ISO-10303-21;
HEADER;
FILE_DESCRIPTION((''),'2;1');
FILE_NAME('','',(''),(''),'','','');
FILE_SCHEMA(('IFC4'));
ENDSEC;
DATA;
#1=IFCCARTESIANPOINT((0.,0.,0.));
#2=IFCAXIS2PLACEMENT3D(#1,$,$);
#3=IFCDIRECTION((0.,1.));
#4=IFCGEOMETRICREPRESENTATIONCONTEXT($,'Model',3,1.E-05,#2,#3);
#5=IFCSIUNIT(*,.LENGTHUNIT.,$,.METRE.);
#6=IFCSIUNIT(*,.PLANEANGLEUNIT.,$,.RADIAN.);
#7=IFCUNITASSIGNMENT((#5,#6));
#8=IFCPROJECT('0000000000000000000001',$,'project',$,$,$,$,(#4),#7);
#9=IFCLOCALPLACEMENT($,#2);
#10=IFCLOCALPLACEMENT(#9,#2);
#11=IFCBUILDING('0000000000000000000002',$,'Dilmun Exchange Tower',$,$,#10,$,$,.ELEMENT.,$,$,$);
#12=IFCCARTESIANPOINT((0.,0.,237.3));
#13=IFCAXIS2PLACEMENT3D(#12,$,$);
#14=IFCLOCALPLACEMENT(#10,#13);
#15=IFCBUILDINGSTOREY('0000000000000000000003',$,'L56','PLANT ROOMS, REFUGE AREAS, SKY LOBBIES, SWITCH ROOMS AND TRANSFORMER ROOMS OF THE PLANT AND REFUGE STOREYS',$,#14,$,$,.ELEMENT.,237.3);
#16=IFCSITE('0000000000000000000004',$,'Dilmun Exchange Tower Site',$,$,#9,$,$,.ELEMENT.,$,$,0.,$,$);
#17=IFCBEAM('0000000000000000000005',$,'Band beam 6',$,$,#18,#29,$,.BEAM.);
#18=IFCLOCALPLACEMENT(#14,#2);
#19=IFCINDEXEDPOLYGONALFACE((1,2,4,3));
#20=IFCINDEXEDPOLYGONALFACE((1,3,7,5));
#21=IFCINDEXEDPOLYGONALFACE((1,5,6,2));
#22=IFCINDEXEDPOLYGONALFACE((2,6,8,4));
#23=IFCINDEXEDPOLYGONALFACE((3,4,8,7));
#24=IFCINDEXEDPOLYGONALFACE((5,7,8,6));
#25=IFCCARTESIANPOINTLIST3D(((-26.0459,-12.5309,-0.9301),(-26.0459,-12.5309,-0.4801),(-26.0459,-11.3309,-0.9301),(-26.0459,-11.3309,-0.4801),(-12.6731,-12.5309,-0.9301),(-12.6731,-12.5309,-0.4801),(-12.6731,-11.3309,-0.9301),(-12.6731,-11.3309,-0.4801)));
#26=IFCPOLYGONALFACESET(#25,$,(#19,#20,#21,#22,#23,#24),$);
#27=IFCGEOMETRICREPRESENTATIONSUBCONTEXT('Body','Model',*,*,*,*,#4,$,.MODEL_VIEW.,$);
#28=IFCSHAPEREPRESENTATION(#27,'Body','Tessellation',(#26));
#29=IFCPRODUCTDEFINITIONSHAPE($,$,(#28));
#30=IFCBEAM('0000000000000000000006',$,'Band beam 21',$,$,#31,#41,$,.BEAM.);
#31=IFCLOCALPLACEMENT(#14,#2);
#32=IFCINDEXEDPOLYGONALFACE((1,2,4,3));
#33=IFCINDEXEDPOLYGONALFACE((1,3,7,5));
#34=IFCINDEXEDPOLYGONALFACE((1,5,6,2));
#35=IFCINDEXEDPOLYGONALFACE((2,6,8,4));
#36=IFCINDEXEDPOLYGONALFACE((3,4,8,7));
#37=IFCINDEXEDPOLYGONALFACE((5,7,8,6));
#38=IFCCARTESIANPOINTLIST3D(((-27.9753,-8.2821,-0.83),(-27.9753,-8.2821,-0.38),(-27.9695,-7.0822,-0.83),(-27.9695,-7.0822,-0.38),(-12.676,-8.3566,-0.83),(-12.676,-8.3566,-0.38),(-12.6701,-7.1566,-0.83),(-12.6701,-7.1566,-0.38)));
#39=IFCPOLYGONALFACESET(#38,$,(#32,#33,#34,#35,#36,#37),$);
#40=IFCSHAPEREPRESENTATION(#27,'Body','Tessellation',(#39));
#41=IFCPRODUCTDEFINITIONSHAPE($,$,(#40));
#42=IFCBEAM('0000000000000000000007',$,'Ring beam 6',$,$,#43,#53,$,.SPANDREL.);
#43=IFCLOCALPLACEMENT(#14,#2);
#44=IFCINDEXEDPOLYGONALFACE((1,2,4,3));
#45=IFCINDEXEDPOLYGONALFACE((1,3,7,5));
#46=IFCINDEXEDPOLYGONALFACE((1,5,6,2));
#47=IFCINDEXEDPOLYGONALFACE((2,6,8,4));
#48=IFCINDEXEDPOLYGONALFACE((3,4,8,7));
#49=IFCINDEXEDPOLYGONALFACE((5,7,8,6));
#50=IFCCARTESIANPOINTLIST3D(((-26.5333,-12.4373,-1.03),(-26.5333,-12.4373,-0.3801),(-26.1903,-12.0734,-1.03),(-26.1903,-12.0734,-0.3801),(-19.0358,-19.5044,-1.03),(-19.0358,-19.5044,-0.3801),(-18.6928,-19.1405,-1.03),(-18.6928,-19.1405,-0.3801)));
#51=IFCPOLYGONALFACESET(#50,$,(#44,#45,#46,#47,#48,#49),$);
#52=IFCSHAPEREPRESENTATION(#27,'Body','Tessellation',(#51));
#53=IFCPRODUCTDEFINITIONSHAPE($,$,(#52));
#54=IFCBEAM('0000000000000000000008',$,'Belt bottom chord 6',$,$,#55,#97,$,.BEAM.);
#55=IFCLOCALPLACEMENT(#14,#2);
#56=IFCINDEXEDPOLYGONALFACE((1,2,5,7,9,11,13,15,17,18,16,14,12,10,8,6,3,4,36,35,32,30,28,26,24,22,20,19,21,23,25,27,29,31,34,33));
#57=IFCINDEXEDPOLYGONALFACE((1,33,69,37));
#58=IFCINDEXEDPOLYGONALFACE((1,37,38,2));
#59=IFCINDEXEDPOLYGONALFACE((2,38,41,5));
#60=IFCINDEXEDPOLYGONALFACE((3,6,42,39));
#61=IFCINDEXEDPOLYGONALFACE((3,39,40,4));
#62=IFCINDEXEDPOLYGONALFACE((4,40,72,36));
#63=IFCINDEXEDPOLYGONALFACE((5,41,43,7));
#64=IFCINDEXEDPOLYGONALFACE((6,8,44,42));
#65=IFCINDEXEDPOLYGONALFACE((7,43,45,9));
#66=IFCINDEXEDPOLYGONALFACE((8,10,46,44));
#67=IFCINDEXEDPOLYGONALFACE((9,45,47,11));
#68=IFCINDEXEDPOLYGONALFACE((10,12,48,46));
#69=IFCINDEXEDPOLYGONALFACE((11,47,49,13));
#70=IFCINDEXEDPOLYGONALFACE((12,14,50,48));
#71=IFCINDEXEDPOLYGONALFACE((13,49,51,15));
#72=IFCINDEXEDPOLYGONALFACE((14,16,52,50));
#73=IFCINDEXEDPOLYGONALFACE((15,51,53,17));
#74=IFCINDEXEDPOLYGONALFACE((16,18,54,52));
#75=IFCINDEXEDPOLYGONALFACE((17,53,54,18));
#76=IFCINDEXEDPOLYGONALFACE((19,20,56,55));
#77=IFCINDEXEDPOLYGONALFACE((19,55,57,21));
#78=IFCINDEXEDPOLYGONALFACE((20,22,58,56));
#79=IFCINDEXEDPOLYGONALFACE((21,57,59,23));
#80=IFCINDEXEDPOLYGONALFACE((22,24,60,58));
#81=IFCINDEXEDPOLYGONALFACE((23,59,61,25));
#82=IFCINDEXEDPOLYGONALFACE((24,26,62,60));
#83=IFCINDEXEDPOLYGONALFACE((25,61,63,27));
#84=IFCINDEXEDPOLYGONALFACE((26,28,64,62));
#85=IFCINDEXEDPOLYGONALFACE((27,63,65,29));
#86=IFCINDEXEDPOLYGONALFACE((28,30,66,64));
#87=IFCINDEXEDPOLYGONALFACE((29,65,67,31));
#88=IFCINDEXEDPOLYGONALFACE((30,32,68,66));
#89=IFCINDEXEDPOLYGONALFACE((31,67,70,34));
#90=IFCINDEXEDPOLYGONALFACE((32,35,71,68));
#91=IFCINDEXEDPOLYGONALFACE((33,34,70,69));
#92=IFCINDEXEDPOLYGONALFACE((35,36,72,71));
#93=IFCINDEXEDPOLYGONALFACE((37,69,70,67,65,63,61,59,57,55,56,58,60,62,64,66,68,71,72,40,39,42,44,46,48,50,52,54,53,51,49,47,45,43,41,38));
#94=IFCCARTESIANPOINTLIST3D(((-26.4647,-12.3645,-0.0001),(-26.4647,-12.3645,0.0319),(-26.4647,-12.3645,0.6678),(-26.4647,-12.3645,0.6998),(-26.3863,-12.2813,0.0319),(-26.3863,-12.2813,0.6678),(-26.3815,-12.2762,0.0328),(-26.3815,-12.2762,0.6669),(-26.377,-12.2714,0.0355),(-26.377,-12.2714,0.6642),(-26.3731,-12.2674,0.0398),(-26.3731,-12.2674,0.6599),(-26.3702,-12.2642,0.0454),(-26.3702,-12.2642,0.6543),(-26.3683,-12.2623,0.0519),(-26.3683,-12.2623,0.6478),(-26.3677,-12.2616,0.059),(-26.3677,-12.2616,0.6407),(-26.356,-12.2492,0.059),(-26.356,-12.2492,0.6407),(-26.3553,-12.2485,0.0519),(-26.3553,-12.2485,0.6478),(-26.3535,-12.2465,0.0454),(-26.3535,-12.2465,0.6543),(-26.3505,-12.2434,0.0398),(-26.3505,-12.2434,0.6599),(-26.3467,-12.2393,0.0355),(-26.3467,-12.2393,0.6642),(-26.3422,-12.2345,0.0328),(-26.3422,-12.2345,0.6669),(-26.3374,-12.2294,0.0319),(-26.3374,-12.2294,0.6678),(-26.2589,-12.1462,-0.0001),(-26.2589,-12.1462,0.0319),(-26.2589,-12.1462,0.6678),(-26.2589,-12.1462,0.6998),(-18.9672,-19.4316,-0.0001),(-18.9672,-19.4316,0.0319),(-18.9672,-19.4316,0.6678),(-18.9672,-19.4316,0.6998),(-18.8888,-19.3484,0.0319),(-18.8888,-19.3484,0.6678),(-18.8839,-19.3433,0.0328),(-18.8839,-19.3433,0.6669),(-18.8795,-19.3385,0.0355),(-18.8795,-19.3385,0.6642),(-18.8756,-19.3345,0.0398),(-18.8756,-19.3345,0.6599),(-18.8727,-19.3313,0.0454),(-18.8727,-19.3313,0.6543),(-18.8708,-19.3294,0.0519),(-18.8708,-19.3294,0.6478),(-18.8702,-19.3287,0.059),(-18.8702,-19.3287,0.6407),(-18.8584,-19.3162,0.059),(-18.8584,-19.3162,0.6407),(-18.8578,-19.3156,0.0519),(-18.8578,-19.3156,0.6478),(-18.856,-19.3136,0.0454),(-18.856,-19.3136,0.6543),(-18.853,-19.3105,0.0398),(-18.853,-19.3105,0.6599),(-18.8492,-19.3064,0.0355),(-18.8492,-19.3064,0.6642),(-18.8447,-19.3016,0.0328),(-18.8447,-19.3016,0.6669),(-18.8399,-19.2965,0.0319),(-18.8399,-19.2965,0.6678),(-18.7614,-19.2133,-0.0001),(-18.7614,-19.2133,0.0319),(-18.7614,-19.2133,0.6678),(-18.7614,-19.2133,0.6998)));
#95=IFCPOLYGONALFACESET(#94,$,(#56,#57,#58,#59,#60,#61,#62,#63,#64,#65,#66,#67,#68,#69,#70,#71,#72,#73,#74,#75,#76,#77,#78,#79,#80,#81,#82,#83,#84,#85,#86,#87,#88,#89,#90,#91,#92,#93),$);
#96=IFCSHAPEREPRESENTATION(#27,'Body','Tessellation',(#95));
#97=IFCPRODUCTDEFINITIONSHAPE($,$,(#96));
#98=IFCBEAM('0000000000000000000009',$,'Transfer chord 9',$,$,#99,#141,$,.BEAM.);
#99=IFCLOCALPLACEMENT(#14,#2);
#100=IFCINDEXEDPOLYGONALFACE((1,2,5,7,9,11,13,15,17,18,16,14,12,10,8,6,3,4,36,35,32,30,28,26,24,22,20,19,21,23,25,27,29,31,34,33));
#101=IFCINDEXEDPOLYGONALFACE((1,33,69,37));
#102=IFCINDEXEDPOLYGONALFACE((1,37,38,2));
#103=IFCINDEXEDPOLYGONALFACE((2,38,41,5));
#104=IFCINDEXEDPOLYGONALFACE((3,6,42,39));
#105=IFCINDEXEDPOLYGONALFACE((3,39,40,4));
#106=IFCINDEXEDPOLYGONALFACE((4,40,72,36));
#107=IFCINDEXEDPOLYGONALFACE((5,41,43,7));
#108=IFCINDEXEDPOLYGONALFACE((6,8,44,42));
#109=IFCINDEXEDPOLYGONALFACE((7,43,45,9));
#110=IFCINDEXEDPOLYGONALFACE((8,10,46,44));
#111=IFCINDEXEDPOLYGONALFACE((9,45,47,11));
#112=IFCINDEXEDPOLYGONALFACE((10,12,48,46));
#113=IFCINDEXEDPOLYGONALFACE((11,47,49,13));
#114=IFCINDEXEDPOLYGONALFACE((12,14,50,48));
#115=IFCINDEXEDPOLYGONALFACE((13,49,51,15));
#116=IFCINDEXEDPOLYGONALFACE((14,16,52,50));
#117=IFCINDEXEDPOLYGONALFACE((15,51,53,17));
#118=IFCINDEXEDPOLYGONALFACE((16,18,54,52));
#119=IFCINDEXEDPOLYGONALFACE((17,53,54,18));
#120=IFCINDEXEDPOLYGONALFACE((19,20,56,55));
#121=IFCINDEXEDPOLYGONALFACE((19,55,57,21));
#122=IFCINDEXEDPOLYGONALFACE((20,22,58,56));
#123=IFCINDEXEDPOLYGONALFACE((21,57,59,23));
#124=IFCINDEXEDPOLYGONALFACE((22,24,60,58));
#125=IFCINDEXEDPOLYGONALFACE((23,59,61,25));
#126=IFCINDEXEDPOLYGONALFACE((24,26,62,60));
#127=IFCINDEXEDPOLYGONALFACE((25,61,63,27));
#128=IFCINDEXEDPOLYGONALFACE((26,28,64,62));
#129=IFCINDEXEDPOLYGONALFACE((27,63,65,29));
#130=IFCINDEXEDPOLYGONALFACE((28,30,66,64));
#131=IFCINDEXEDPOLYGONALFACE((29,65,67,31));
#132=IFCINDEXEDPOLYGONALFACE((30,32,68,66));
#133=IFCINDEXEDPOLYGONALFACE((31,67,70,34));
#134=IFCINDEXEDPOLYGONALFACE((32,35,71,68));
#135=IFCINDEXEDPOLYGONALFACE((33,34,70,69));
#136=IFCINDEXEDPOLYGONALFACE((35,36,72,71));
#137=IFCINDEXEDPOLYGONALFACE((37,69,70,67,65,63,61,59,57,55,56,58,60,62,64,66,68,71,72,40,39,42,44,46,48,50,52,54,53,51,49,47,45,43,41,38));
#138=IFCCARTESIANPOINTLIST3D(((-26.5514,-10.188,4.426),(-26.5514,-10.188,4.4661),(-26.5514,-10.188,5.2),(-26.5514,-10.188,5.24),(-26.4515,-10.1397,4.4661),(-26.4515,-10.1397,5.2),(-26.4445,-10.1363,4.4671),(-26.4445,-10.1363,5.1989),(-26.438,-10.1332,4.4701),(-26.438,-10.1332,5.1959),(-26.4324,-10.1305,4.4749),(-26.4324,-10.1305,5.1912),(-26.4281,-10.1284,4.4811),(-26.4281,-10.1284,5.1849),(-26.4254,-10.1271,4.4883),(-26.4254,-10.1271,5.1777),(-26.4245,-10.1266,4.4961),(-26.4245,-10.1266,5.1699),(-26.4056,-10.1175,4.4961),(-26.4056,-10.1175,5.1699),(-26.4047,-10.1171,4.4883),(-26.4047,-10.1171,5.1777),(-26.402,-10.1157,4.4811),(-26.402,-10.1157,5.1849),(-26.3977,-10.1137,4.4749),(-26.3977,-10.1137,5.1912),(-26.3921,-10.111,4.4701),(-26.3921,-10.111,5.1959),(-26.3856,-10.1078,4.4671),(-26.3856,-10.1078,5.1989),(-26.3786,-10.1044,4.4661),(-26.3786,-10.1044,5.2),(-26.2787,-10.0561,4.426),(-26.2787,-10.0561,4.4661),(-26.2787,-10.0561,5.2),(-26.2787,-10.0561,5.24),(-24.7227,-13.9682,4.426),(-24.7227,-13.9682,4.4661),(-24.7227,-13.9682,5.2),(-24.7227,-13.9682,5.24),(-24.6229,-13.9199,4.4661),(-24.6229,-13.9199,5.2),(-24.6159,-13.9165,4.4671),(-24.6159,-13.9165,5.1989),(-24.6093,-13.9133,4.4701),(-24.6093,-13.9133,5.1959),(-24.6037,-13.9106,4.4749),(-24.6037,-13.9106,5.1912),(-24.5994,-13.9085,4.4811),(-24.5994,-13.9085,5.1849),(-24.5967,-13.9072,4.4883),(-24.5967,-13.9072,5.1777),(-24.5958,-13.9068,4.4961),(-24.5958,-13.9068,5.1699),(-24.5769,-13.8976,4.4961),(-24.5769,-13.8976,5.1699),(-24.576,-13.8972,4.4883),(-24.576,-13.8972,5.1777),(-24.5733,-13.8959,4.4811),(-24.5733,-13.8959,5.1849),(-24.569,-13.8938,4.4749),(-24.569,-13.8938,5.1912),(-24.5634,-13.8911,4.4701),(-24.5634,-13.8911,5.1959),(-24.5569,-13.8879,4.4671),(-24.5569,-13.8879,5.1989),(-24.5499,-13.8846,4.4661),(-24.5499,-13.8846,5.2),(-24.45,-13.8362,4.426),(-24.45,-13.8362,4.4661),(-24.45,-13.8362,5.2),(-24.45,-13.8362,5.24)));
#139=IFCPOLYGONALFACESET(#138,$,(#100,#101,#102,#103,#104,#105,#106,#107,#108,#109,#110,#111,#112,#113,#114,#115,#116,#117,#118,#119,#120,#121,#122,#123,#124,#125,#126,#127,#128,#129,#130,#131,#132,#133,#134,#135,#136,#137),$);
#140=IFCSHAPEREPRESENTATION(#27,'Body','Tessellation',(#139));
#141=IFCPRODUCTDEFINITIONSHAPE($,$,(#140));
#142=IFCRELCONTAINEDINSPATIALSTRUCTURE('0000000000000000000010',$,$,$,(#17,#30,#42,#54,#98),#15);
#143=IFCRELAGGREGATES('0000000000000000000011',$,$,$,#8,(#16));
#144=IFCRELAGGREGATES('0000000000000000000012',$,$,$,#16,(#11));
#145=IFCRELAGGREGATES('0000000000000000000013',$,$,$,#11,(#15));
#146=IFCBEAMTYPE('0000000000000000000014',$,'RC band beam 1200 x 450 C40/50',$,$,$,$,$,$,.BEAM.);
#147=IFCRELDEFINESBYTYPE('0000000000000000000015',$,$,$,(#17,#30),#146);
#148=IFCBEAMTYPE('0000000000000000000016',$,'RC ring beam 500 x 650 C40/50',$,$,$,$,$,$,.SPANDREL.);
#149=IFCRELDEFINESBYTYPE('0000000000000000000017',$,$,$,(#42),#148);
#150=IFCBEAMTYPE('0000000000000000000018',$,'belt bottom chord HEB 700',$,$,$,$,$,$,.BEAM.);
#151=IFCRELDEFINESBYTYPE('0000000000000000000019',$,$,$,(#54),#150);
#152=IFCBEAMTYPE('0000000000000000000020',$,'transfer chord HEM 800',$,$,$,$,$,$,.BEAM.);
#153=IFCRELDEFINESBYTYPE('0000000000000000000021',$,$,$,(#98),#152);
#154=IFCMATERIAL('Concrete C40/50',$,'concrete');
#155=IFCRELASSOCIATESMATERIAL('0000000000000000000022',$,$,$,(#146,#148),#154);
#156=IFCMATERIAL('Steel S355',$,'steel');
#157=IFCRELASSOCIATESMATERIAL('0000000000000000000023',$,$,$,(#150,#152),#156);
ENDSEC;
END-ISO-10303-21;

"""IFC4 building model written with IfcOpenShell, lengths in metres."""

from ifc_helpers import new_model, si_unit, direction, frame, origin, origin_2d, place, context, subcontext, project, spatial, rectangle, i_section, extrude, material, material_profile, profile_set, type_object, element, save


model = new_model("IFC4")

# Units and contexts
model_context = context("Model", 3, precision=1e-05, world=origin(), true_north=direction((0.0, 1.0)))
body_context = subcontext(model_context, "Body", "Model", "MODEL_VIEW")
ifc_project = project(units=[si_unit("LENGTHUNIT", "METRE"), si_unit("PLANEANGLEUNIT", "RADIAN")], contexts=[model_context])

# Site, building, storey
site_placement = place(None, origin())
site = spatial("IfcSite", under=ifc_project, at=site_placement, Name="Dilmun Exchange Tower Site", CompositionType="ELEMENT", RefElevation=0.0)
building_placement = place(site_placement, origin())
building = spatial("IfcBuilding", under=site, at=building_placement, Name="Dilmun Exchange Tower", CompositionType="ELEMENT")
storey_placement = place(building_placement, frame((0.0, 0.0, 237.3)))
storey = spatial("IfcBuildingStorey", under=building, at=storey_placement, Name="L56", Description="PLANT ROOMS, REFUGE AREAS, SKY LOBBIES, SWITCH ROOMS AND TRANSFORMER ROOMS OF THE PLANT AND REFUGE STOREYS", CompositionType="ELEMENT", Elevation=237.3)

# Beams
ifc_material_1 = material(Name="Concrete C40/50", Category="concrete")
ifc_material_profile_1 = material_profile(ifc_material_1, rectangle(XDim=1.2, YDim=0.45, at=origin_2d()), Name="1200 x 450")
ifc_profile_set_1 = profile_set([ifc_material_profile_1], Name="Concrete C40/50")
beam_type_1 = type_object("IfcBeamType", Name="RC band beam 1200 x 450 C40/50", PredefinedType="BEAM", material=ifc_profile_set_1)
beam_1_placement = place(storey_placement, frame((-26.0459, -11.9309, -0.7051), z_axis=(1.0, 0.0, 0.0), x_axis=(0.0, 1.0, 0.0)))
element("IfcBeam", 1, at=beam_1_placement, inside=storey, type_object=beam_type_1, Name="Band beam 6", PredefinedType="BEAM", context=body_context, shape_type="SweptSolid", body=[
    extrude(rectangle(XDim=1.2, YDim=0.45, at=origin_2d()), origin(), (0.0, 0.0, 1.0), 13.3728),
])
beam_2_placement = place(storey_placement, frame((-27.9724, -7.6821, -0.605), z_axis=(0.999988, -0.004867, 0.0), x_axis=(0.004867, 0.999988, 0.0)))
element("IfcBeam", 2, at=beam_2_placement, inside=storey, type_object=beam_type_1, Name="Band beam 21", PredefinedType="BEAM", context=body_context, shape_type="SweptSolid", body=[
    extrude(rectangle(XDim=1.2, YDim=0.45, at=origin_2d()), origin(), (0.0, 0.0, 1.0), 15.2996),
])
ifc_material_profile_2 = material_profile(ifc_material_1, rectangle(XDim=0.5, YDim=0.6499, at=origin_2d()), Name="500 x 650")
ifc_profile_set_2 = profile_set([ifc_material_profile_2], Name="Concrete C40/50")
beam_type_2 = type_object("IfcBeamType", Name="RC ring beam 500 x 650 C40/50", PredefinedType="SPANDREL", material=ifc_profile_set_2)
beam_3_placement = place(storey_placement, frame((-26.3618, -12.2554, -0.7051), z_axis=(0.727686, -0.685911, 0.0), x_axis=(0.685911, 0.727686, 0.0)))
element("IfcBeam", 3, at=beam_3_placement, inside=storey, type_object=beam_type_2, Name="Ring beam 6", PredefinedType="SPANDREL", context=body_context, shape_type="SweptSolid", body=[
    extrude(rectangle(XDim=0.5, YDim=0.6499, at=origin_2d()), origin(), (0.0, 0.0, 1.0), 10.3032),
])
ifc_material_2 = material(Name="Steel S355", Category="steel")
ifc_material_profile_3 = material_profile(ifc_material_2, i_section(OverallWidth=0.3, OverallDepth=0.7, WebThickness=0.0171, FlangeThickness=0.032, FilletRadius=0.0271, at=origin_2d()), Name="HEB 700")
ifc_profile_set_3 = profile_set([ifc_material_profile_3], Name="Steel S355")
beam_type_3 = type_object("IfcBeamType", Name="belt bottom chord HEB 700", PredefinedType="BEAM", material=ifc_profile_set_3)
beam_4_placement = place(storey_placement, frame((-26.3618, -12.2554, 0.3499), z_axis=(0.727686, -0.685911, 0.0), x_axis=(0.685911, 0.727686, 0.0)))
element("IfcBeam", 4, at=beam_4_placement, inside=storey, type_object=beam_type_3, Name="Belt bottom chord 6", PredefinedType="BEAM", context=body_context, shape_type="SweptSolid", body=[
    extrude(i_section(OverallWidth=0.3, OverallDepth=0.7, WebThickness=0.0171, FlangeThickness=0.032, FilletRadius=0.0271, at=origin_2d()), origin(), (0.0, 0.0, 1.0), 10.3032),
])
ifc_material_profile_4 = material_profile(ifc_material_2, i_section(OverallWidth=0.303, OverallDepth=0.814, WebThickness=0.021, FlangeThickness=0.04, FilletRadius=0.03, at=origin_2d()), Name="HEM 800")
ifc_profile_set_4 = profile_set([ifc_material_profile_4], Name="Steel S355")
beam_type_4 = type_object("IfcBeamType", Name="transfer chord HEM 800", PredefinedType="BEAM", material=ifc_profile_set_4)
beam_5_placement = place(storey_placement, frame((-26.415, -10.1221, 4.833), z_axis=(0.435477, -0.9002, 0.0), x_axis=(0.9002, 0.435477, 0.0)))
element("IfcBeam", 5, at=beam_5_placement, inside=storey, type_object=beam_type_4, Name="Transfer chord 9", PredefinedType="BEAM", context=body_context, shape_type="SweptSolid", body=[
    extrude(i_section(OverallWidth=0.303, OverallDepth=0.814, WebThickness=0.021, FlangeThickness=0.04, FilletRadius=0.03, at=origin_2d()), origin(), (0.0, 0.0, 1.0), 4.1992),
])

save(model, "model.ifc")
